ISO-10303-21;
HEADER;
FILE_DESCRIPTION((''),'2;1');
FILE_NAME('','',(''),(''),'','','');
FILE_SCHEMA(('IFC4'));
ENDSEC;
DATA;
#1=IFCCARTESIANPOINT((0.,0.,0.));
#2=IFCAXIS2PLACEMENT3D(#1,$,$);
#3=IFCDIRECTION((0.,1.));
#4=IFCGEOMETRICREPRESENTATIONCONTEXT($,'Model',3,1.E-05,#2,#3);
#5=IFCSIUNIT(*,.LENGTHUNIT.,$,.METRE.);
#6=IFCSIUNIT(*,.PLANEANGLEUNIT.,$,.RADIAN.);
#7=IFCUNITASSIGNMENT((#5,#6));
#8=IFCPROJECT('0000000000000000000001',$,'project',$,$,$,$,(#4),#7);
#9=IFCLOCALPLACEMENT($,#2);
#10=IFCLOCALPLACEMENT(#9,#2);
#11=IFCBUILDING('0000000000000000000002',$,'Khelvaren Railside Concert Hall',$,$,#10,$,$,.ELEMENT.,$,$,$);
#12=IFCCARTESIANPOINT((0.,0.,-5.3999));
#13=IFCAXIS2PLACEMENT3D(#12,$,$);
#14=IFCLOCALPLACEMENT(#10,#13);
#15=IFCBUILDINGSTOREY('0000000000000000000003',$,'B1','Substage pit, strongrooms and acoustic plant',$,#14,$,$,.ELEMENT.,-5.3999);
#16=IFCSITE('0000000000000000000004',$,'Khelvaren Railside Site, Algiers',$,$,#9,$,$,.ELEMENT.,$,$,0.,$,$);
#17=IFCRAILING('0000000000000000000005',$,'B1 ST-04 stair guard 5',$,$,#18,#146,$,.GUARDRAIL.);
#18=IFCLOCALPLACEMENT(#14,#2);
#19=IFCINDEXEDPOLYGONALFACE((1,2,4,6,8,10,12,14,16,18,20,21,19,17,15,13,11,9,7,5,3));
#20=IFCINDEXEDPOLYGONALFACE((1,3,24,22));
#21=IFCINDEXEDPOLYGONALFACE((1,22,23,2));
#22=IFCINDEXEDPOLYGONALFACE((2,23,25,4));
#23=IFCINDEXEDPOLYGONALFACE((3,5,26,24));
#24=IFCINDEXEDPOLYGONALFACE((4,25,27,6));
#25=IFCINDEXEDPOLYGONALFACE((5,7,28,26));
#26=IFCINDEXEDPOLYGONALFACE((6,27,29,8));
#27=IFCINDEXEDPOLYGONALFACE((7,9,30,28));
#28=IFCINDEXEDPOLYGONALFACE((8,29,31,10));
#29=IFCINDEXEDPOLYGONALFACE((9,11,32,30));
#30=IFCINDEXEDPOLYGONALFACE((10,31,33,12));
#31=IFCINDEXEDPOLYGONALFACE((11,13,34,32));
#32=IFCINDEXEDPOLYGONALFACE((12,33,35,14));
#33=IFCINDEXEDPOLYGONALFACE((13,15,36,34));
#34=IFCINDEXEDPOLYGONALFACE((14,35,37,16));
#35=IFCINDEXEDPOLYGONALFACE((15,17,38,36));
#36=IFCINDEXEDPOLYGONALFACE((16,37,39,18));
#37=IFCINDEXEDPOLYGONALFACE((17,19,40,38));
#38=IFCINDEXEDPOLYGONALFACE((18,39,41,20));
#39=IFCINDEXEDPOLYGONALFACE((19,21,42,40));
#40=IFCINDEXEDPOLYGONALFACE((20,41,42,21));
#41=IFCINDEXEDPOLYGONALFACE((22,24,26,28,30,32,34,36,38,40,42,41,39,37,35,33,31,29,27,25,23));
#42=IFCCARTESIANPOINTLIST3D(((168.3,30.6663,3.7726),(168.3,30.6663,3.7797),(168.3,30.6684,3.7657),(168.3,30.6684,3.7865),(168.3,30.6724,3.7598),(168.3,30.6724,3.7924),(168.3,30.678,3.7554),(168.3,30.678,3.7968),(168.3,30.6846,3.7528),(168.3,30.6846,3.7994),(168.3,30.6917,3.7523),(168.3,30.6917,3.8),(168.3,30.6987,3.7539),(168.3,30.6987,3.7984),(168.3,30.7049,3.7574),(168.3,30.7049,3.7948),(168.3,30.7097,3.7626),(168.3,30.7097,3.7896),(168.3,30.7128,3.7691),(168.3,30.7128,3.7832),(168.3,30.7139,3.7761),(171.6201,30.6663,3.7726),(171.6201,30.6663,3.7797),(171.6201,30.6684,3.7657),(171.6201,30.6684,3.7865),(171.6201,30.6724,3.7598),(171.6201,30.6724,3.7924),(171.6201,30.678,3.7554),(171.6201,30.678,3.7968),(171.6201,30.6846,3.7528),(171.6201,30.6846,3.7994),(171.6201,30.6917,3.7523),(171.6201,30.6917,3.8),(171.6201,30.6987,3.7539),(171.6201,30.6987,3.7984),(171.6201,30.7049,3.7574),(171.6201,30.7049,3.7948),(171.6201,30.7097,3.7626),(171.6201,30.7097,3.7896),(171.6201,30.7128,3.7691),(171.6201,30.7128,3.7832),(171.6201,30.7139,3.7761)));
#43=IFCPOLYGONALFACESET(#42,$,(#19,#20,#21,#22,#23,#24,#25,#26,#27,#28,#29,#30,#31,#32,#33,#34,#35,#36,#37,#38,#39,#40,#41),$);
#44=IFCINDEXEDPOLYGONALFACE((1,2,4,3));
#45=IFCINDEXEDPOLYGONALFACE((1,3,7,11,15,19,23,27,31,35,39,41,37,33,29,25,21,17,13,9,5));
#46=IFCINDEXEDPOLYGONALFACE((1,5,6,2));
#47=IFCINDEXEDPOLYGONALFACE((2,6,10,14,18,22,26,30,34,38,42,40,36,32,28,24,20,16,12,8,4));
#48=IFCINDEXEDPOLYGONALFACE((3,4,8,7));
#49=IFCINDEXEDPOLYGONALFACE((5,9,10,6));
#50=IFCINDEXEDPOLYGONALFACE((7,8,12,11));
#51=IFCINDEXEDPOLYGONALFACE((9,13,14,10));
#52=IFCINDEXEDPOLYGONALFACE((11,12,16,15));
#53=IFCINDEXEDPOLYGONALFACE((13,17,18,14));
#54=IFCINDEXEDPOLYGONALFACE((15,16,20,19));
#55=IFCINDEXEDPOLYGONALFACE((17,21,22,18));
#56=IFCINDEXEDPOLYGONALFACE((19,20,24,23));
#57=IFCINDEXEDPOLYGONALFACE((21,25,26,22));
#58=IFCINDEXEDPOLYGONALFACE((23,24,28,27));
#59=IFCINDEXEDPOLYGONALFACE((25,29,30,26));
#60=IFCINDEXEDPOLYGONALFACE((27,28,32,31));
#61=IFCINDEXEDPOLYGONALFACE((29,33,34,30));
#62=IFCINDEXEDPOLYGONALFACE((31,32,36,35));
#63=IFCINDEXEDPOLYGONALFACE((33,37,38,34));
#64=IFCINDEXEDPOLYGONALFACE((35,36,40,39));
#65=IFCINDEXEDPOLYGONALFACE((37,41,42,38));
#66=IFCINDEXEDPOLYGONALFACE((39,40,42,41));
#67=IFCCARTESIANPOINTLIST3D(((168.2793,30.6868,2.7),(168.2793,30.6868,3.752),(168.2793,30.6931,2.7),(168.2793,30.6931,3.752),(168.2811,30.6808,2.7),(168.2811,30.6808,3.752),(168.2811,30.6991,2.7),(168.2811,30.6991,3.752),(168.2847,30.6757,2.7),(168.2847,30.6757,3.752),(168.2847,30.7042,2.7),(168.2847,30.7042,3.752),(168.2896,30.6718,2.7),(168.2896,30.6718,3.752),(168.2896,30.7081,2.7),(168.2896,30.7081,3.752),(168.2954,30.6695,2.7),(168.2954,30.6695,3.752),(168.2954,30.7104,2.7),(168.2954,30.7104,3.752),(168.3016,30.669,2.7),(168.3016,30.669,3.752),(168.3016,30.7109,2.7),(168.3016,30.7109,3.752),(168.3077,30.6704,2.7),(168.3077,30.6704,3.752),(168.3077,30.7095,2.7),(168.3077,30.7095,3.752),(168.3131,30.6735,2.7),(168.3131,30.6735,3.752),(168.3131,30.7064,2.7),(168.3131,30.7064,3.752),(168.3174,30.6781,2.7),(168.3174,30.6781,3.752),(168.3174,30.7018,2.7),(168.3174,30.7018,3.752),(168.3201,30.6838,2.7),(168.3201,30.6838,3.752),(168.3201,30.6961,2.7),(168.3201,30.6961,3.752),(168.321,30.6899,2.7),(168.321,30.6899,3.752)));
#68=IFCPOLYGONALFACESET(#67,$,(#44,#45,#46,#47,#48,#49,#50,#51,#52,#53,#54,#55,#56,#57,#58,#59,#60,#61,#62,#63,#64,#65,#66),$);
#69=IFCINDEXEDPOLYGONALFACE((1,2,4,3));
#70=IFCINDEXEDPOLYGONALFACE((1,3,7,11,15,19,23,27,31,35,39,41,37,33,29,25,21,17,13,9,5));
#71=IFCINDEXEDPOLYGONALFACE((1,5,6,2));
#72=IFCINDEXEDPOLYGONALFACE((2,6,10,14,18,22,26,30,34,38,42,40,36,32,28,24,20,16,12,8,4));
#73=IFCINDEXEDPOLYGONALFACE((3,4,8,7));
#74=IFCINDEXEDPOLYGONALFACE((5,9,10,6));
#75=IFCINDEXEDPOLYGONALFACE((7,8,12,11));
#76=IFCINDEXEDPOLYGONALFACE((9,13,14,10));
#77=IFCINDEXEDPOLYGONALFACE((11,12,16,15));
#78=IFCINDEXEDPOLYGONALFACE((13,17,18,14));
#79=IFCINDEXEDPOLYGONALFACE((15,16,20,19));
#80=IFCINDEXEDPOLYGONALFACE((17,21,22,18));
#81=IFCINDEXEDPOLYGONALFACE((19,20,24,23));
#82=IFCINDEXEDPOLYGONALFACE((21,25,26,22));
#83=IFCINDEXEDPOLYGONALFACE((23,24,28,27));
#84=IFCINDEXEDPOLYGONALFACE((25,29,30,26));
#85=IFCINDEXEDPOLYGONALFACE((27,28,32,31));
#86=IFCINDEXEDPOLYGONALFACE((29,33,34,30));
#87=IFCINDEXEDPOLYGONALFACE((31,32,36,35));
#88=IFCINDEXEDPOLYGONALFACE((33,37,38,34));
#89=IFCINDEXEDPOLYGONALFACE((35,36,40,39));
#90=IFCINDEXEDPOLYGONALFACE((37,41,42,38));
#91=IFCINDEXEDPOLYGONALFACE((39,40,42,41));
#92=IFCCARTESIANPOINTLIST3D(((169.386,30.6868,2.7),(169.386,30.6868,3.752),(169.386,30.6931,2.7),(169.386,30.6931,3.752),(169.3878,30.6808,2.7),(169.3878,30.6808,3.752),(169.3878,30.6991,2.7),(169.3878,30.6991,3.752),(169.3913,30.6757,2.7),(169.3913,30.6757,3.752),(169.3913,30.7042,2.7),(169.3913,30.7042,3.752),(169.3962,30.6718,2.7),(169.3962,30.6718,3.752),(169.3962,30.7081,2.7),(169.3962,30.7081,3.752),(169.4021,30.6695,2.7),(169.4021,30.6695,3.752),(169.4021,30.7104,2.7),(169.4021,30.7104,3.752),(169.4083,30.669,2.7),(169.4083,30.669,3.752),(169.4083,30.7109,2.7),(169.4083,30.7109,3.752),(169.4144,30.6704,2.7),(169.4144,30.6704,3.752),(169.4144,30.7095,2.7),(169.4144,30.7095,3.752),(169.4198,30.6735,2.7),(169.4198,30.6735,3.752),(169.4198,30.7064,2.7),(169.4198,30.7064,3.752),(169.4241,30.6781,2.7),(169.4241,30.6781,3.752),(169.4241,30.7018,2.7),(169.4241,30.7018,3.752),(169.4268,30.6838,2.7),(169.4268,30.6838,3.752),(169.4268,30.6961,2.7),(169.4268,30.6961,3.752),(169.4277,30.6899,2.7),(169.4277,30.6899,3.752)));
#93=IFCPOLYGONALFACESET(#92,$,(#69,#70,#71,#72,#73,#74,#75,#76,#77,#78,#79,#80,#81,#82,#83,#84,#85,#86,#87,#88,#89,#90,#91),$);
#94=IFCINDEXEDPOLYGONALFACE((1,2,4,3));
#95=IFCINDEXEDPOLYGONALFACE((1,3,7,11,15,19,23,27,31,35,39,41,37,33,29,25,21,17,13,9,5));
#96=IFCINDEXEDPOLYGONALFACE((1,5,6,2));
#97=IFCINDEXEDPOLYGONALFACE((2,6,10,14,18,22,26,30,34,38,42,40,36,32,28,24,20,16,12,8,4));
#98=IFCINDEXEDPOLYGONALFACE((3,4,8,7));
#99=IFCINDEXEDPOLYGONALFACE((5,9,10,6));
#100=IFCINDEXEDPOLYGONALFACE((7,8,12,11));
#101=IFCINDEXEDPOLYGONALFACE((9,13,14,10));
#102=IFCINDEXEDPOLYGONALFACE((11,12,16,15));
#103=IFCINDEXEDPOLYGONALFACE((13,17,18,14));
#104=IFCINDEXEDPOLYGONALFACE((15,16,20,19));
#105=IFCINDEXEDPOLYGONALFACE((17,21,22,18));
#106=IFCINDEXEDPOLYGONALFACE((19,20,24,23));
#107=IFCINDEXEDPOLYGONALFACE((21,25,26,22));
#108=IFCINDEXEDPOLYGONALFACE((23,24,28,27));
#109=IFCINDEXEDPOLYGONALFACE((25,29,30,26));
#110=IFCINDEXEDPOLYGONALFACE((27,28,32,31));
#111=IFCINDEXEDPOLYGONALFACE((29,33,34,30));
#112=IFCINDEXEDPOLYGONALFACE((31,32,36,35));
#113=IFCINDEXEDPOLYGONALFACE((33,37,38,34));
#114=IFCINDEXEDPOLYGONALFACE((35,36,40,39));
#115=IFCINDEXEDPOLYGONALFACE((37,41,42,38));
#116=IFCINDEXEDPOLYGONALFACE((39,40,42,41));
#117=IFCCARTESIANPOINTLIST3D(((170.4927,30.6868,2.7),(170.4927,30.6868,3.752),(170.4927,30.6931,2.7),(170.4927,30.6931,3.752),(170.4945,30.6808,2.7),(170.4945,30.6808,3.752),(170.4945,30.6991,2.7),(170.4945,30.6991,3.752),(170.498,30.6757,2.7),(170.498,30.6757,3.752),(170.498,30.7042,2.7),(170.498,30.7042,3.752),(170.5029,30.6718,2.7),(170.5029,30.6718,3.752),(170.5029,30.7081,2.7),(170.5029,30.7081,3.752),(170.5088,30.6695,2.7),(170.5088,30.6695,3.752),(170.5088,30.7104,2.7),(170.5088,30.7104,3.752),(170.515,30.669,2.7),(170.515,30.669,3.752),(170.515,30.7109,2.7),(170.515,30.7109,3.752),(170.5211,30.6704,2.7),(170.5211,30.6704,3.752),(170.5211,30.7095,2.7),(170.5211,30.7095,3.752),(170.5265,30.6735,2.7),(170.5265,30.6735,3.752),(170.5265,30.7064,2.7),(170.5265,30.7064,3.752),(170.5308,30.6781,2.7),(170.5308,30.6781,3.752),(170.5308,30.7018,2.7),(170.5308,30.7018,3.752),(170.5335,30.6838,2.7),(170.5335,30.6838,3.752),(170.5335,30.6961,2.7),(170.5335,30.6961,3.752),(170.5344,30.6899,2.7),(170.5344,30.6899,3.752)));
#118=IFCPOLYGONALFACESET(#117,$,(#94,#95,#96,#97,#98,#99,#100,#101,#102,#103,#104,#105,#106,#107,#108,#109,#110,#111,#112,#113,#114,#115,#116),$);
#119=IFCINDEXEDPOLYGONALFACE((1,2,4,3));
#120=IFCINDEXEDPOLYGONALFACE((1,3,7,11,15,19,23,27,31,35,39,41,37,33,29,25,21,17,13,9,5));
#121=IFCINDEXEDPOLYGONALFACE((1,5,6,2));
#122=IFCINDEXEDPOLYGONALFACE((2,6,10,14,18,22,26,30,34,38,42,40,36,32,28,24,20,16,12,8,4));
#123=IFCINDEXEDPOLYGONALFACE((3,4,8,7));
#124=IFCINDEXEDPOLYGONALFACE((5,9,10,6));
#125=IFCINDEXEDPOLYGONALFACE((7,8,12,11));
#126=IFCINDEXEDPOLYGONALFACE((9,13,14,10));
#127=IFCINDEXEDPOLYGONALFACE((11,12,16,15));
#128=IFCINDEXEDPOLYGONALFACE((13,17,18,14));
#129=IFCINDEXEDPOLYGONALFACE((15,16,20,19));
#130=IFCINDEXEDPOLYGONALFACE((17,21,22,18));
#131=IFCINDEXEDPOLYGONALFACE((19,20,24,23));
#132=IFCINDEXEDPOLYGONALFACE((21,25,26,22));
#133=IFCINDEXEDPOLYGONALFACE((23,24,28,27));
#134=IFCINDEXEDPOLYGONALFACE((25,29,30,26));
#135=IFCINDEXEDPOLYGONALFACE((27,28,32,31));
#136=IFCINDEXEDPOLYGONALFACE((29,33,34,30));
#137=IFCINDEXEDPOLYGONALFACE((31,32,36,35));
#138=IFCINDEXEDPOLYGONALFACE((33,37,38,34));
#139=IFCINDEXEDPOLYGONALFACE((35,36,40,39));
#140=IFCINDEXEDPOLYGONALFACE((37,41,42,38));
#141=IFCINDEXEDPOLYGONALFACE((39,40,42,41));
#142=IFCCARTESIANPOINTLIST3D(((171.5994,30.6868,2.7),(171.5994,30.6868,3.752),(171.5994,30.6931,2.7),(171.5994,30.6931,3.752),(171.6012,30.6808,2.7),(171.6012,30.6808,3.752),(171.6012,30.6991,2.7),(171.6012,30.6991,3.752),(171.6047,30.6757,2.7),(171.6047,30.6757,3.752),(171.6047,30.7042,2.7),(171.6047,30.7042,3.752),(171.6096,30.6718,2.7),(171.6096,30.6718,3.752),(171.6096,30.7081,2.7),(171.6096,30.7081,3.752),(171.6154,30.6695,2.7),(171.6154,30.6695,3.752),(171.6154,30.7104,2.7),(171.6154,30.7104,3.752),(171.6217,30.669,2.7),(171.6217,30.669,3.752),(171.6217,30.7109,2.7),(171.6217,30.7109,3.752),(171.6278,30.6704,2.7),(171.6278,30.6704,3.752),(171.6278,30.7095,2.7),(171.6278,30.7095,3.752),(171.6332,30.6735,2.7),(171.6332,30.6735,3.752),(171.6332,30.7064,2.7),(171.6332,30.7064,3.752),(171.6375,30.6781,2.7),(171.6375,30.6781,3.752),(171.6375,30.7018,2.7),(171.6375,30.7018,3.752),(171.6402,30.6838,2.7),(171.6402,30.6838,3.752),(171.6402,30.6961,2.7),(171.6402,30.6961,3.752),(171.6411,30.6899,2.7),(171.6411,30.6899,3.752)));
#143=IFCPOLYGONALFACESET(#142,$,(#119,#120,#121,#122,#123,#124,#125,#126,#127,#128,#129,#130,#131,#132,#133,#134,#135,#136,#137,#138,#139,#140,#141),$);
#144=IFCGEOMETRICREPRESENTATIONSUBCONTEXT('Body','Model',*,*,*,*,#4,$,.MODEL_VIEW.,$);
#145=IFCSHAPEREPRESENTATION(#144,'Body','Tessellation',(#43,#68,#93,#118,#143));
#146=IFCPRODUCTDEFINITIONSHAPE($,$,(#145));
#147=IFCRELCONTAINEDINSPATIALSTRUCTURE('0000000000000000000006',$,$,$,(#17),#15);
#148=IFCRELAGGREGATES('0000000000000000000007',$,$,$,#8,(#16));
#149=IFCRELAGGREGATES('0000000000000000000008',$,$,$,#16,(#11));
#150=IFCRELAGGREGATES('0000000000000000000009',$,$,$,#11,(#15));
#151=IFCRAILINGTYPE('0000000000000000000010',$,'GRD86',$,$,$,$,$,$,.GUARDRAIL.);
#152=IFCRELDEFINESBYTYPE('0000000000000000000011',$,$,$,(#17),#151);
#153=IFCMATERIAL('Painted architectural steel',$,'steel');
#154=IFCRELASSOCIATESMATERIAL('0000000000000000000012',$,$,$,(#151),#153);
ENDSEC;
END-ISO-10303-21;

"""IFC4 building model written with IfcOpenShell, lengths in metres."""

from ifc_helpers import new_model, si_unit, direction, frame, origin, origin_2d, place, context, subcontext, project, spatial, circle, extrude, material, type_object, element, save


model = new_model("IFC4")

# Units and contexts
model_context = context("Model", 3, precision=1e-05, world=origin(), true_north=direction((0.0, 1.0)))
body_context = subcontext(model_context, "Body", "Model", "MODEL_VIEW")
ifc_project = project(units=[si_unit("LENGTHUNIT", "METRE"), si_unit("PLANEANGLEUNIT", "RADIAN")], contexts=[model_context])

# Site, building, storey
site_placement = place(None, origin())
site = spatial("IfcSite", under=ifc_project, at=site_placement, Name="Khelvaren Railside Site, Algiers", CompositionType="ELEMENT", RefElevation=0.0)
building_placement = place(site_placement, origin())
building = spatial("IfcBuilding", under=site, at=building_placement, Name="Khelvaren Railside Concert Hall", CompositionType="ELEMENT")
storey_placement = place(building_placement, frame((0.0, 0.0, -5.3999)))
storey = spatial("IfcBuildingStorey", under=building, at=storey_placement, Name="B1", Description="Substage pit, strongrooms and acoustic plant", CompositionType="ELEMENT", Elevation=-5.3999)

# Railing
ifc_material_1 = material(Name="Painted architectural steel", Category="steel")
railing_type_1 = type_object("IfcRailingType", Name="GRD86", PredefinedType="GUARDRAIL", material=ifc_material_1)
railing_1_placement = place(storey_placement, frame((168.3, 30.6899, 2.7)))
element("IfcRailing", 1, at=railing_1_placement, inside=storey, type_object=railing_type_1, Name="B1 ST-04 stair guard 5", PredefinedType="GUARDRAIL", context=body_context, shape_type="SweptSolid", body=[
    extrude(circle(Radius=0.0239, at=origin_2d()), frame((0.0, 0.0, 1.0762), z_axis=(1.0, 0.0, 0.0), x_axis=(0.0, 1.0, 0.0)), (0.0, 0.0, 1.0), 3.3201),
    extrude(circle(Radius=0.021, at=origin_2d()), origin(), (0.0, 0.0, 1.0), 1.052),
    extrude(circle(Radius=0.021, at=origin_2d()), frame((1.1067, 0.0, 0.0)), (0.0, 0.0, 1.0), 1.052),
    extrude(circle(Radius=0.021, at=origin_2d()), frame((2.2134, 0.0, 0.0)), (0.0, 0.0, 1.0), 1.052),
    extrude(circle(Radius=0.021, at=origin_2d()), frame((3.3201, 0.0, 0.0)), (0.0, 0.0, 1.0), 1.052),
])

save(model, "model.ifc")
